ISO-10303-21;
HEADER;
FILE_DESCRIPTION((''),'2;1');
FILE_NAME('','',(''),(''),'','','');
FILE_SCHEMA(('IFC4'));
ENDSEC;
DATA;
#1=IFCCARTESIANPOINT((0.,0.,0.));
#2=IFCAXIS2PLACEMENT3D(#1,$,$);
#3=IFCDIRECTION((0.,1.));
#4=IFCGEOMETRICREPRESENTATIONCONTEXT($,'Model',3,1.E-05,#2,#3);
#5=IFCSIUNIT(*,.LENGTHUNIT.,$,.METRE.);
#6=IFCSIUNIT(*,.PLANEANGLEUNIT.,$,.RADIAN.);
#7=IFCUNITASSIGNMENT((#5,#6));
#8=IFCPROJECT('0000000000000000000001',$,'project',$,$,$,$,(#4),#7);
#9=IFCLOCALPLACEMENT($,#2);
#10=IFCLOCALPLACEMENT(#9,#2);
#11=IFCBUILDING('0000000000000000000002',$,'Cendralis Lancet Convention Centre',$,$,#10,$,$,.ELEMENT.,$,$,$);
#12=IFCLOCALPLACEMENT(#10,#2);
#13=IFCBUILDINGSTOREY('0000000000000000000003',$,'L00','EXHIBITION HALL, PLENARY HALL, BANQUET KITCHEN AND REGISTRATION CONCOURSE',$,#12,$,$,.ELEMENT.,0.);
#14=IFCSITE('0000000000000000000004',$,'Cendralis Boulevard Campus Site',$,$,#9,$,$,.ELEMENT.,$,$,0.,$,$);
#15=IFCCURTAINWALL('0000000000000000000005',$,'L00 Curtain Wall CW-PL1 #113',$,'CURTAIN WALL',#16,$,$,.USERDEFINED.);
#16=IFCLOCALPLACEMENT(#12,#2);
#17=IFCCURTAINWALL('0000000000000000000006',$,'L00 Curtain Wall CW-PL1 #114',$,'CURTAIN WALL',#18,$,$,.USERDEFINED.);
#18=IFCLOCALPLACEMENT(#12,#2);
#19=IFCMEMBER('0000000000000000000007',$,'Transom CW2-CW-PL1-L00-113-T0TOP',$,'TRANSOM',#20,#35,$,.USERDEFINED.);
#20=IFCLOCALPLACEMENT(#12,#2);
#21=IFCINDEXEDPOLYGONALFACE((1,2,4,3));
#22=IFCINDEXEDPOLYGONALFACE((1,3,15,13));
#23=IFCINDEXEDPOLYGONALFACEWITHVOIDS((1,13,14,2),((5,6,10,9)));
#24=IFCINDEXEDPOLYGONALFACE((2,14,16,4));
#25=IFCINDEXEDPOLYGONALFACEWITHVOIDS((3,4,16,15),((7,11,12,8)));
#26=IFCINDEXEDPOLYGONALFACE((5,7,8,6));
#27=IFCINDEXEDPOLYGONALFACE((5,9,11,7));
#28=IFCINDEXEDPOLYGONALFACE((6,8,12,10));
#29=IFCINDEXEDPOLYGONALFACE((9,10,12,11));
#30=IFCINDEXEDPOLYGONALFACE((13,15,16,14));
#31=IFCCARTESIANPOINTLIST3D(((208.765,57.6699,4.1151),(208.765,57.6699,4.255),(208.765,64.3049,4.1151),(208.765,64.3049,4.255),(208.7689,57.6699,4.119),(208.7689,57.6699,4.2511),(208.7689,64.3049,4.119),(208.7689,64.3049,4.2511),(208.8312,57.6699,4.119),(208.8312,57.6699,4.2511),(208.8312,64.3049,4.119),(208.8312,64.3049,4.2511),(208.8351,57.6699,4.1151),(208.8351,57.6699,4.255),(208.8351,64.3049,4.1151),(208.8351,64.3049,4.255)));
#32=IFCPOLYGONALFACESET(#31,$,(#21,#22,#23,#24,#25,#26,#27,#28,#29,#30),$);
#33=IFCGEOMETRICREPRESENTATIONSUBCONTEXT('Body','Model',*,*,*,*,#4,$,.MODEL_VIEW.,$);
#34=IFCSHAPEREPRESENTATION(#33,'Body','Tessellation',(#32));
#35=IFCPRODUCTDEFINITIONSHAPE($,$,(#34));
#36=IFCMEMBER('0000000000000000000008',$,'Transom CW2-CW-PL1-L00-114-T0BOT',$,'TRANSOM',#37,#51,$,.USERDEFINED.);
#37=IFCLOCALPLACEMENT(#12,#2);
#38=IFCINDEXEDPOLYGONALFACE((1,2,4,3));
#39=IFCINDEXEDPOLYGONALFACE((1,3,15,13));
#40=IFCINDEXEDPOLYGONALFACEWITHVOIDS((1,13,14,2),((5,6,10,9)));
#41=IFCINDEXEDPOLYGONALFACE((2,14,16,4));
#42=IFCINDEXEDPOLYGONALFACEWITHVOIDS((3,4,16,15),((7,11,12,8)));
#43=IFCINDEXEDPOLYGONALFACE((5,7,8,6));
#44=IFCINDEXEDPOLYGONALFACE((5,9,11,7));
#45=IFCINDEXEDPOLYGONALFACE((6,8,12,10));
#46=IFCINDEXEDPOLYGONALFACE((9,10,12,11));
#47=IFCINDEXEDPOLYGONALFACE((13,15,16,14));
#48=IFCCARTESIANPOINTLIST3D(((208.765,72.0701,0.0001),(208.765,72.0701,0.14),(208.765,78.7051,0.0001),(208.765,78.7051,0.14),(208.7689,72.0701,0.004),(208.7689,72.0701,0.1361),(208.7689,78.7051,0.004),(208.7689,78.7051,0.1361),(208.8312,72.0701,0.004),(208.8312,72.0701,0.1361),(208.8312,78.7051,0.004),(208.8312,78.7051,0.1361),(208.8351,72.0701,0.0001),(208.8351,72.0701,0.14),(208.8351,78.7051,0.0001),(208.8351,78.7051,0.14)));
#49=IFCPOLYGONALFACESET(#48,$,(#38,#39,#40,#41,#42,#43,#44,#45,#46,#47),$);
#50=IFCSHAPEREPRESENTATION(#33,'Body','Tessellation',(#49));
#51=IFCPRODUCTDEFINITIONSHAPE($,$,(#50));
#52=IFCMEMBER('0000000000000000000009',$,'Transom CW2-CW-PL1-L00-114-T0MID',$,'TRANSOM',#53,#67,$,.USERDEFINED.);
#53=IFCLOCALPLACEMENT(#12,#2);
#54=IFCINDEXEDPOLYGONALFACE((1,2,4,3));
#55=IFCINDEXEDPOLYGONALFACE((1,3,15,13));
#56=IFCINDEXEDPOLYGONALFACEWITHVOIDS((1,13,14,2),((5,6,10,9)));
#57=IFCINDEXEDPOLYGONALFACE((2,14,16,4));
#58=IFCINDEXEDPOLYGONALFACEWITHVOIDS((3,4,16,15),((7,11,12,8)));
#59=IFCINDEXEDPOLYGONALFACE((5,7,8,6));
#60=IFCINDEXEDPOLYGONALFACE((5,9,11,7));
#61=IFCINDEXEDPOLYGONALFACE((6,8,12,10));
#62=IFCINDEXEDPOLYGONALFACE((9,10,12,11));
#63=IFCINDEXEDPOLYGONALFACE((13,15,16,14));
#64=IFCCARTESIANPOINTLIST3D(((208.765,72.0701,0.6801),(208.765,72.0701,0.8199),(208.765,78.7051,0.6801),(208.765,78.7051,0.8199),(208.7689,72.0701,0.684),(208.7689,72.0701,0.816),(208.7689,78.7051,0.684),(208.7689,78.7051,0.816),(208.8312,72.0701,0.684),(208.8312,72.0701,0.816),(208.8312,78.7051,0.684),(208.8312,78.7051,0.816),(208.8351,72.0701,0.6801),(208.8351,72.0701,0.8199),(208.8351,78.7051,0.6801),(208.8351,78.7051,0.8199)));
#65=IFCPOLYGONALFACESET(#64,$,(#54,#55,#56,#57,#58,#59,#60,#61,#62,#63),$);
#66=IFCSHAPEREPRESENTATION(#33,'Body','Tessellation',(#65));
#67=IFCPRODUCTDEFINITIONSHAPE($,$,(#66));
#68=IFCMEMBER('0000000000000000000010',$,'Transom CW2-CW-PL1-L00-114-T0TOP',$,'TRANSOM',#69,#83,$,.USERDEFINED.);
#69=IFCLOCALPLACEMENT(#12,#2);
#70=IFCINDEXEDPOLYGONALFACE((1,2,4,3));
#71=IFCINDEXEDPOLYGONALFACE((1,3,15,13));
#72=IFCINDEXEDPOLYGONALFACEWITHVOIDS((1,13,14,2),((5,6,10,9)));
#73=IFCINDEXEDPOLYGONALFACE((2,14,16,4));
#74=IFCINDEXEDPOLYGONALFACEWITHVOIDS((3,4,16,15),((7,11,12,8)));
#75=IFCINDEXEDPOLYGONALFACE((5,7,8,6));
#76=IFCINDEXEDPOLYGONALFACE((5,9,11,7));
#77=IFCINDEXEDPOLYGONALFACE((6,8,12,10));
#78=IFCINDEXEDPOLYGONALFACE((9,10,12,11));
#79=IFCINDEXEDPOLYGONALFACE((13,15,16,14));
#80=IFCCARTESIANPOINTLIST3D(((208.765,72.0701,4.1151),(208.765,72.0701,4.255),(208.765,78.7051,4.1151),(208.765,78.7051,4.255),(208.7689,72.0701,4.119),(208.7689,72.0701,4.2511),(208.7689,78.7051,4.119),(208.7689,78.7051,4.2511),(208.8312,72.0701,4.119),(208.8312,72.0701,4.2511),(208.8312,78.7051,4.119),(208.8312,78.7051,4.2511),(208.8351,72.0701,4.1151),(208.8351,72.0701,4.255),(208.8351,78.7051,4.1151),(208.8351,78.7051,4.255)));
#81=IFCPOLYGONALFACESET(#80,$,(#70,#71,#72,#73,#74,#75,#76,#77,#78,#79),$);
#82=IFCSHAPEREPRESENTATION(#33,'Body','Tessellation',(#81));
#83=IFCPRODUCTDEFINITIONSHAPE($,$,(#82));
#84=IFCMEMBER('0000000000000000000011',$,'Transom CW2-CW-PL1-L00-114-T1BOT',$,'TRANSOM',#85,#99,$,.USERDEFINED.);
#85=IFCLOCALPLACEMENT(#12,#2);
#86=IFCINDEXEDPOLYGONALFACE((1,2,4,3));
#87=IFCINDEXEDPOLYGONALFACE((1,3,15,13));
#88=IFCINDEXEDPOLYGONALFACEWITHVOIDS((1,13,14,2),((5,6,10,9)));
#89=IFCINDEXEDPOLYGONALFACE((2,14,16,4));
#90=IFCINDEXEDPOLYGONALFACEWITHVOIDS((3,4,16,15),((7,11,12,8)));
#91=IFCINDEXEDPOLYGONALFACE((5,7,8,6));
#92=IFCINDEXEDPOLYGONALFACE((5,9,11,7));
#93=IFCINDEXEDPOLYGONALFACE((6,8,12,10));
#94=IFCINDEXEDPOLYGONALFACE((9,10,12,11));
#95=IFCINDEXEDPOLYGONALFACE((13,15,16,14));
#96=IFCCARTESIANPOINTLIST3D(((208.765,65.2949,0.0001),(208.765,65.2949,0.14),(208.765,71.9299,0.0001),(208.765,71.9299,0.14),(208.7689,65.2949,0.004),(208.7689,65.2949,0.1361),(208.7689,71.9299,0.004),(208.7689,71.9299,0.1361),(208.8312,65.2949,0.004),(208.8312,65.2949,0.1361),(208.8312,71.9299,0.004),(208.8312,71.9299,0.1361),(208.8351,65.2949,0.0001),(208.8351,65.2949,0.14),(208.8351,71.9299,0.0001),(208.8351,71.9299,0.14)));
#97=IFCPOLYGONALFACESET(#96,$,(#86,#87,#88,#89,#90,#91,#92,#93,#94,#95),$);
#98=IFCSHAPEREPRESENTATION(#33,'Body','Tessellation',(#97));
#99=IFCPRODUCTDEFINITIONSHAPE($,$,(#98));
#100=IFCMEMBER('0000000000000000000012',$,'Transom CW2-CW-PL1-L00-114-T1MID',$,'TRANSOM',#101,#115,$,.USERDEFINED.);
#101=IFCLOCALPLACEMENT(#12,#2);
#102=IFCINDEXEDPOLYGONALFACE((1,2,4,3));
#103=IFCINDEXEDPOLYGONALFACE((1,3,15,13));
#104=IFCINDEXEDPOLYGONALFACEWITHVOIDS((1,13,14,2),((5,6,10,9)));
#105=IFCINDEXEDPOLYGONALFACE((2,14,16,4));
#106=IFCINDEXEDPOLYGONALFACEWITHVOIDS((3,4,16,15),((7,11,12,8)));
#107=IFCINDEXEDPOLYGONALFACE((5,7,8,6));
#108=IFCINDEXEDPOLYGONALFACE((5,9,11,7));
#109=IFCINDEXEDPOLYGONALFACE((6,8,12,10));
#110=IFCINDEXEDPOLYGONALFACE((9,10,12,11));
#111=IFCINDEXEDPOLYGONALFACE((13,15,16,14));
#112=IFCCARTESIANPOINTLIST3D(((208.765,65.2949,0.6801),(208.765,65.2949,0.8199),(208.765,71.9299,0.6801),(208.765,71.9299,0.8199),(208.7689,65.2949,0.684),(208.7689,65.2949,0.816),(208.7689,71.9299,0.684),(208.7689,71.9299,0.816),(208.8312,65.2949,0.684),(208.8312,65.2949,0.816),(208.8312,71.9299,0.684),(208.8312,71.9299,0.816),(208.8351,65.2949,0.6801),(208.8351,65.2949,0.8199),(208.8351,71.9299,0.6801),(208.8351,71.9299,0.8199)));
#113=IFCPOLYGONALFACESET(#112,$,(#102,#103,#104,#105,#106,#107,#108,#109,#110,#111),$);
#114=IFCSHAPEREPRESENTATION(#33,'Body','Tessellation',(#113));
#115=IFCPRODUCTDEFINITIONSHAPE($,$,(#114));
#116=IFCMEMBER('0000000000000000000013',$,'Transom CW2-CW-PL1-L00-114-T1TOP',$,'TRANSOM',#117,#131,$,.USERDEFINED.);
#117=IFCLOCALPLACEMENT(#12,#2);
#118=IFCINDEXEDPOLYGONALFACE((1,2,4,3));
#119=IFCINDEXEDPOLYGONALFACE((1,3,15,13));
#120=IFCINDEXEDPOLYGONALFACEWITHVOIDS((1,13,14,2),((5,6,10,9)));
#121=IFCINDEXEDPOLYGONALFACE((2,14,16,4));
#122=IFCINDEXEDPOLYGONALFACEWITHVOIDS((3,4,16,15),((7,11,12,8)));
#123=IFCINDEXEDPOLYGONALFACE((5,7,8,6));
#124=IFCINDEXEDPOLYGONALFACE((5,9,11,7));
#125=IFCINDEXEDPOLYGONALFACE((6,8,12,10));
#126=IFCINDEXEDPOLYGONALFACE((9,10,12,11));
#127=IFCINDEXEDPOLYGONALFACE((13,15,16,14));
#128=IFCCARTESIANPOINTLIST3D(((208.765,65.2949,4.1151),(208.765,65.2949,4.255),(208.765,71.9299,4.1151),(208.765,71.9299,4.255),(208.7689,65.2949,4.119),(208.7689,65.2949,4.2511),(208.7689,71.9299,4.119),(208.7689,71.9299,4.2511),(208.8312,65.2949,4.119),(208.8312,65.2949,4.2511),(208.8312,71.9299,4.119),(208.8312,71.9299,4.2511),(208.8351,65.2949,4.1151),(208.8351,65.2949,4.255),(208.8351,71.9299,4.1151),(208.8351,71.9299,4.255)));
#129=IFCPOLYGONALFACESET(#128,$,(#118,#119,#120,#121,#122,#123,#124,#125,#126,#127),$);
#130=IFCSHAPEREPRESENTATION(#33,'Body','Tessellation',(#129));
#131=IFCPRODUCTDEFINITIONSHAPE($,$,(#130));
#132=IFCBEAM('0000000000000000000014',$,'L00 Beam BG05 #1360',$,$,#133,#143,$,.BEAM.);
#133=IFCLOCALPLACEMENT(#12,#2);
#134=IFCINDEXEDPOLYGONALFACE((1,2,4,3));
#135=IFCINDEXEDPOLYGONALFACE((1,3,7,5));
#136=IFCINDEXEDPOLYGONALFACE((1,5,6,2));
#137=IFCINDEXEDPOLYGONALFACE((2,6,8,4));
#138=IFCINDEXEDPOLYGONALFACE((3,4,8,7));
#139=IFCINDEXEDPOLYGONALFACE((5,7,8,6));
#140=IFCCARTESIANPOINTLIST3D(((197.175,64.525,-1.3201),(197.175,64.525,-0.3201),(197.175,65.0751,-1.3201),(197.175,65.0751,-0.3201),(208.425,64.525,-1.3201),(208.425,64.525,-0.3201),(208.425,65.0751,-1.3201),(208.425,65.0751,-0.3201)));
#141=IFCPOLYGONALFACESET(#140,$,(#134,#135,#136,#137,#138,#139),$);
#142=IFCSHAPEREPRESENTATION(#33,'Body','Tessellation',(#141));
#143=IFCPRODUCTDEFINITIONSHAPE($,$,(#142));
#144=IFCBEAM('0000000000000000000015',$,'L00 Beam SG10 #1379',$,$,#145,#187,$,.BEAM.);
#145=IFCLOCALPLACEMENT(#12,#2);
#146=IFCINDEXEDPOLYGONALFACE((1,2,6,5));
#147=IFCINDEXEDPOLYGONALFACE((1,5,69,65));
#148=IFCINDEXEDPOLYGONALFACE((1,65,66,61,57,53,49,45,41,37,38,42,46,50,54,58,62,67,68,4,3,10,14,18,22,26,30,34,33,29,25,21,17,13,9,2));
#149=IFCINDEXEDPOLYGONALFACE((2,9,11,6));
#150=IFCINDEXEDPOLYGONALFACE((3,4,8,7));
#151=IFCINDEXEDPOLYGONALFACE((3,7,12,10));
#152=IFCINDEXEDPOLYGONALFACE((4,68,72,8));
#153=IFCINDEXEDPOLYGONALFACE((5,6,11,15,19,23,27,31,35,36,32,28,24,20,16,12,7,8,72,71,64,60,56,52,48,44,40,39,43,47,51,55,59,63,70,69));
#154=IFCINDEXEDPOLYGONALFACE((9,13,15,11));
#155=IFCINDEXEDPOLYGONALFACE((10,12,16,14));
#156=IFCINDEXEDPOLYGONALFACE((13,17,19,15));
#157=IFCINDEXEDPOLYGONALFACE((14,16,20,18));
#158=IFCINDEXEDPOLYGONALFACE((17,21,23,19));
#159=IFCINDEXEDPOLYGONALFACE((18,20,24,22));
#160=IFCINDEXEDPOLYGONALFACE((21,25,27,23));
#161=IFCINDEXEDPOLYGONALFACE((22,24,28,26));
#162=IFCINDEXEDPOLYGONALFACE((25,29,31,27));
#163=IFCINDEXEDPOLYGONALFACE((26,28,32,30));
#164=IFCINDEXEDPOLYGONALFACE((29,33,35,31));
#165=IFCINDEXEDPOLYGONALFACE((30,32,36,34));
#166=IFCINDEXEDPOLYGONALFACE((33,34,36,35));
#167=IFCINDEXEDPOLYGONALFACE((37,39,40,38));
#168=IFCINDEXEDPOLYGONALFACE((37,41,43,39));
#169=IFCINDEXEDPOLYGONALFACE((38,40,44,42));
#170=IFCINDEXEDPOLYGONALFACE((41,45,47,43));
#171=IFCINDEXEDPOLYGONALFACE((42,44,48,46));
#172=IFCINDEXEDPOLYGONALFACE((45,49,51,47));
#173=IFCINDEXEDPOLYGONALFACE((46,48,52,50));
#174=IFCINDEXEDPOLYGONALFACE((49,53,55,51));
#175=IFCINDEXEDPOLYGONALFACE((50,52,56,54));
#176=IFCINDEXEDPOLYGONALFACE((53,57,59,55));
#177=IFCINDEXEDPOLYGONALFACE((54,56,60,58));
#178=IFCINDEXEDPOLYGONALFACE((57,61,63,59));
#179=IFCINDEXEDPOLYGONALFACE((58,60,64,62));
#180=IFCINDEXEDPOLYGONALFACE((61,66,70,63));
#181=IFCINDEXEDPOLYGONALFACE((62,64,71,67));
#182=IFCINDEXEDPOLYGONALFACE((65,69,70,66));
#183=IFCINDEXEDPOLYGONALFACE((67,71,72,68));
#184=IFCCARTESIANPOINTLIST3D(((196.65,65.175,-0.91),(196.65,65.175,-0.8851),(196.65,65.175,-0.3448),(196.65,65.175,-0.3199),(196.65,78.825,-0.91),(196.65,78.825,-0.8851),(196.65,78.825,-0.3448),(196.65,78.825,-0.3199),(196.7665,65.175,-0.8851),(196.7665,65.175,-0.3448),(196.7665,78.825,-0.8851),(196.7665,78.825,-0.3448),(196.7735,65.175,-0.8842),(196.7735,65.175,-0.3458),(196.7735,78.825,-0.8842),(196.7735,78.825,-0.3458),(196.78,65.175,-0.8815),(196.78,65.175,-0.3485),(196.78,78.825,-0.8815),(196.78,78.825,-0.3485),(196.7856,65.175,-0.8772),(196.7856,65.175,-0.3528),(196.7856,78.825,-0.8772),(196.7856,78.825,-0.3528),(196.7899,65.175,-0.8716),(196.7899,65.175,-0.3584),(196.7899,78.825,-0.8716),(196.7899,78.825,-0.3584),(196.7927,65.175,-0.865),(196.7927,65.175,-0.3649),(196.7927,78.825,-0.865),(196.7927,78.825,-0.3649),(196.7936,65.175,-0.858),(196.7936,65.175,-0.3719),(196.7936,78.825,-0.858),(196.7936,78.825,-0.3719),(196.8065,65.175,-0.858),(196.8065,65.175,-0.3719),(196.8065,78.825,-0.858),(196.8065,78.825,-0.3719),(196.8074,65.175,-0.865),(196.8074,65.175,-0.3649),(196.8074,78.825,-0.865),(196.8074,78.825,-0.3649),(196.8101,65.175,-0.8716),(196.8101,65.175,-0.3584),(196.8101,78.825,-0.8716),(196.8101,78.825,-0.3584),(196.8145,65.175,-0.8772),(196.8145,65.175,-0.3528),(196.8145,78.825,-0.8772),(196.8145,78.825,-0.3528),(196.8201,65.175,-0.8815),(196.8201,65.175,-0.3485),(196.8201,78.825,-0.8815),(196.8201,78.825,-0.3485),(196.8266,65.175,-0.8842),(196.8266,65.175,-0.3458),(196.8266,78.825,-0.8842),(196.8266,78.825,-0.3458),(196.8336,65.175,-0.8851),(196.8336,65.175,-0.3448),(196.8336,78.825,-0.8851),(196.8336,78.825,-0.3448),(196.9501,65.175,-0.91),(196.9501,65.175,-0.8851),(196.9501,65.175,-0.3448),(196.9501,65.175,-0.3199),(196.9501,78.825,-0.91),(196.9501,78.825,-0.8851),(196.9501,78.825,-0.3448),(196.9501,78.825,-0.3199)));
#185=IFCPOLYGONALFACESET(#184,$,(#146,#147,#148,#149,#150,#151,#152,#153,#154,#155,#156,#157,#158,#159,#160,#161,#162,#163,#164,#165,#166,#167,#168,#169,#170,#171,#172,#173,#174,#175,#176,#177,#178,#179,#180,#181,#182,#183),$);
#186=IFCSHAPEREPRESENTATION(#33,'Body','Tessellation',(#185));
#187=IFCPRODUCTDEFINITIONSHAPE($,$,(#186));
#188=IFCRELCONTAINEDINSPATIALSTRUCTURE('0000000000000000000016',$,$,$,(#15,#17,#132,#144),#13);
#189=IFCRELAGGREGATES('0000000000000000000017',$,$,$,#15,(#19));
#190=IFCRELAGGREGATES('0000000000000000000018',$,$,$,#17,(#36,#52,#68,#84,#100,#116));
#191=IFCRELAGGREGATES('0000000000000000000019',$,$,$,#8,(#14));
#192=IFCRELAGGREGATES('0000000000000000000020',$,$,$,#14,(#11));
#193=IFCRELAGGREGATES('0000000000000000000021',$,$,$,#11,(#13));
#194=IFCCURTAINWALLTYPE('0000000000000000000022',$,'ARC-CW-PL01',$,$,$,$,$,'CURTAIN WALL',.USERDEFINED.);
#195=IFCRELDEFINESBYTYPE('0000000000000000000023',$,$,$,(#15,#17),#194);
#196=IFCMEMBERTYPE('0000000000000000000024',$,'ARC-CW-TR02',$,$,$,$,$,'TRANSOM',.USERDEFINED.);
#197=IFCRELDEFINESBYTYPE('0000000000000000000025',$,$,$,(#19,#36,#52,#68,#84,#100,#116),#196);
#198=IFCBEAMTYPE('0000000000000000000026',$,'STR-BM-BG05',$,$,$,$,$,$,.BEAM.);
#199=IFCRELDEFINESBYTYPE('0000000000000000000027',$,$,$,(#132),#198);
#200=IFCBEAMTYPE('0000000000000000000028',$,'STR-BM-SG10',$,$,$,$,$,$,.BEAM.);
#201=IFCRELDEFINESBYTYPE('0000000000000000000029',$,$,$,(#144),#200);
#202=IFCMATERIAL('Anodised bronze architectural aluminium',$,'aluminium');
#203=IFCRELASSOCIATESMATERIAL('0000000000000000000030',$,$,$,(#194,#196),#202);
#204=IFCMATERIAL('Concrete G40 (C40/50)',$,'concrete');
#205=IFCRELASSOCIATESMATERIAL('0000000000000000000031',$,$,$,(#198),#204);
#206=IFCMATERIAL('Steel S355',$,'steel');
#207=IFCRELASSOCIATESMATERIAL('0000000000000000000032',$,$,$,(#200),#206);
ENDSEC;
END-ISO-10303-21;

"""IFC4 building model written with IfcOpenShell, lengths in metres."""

from ifc_helpers import new_model, si_unit, direction, frame, origin, origin_2d, place, context, subcontext, project, spatial, rectangle, hollow_rectangle, i_section, extrude, material, material_profile, profile_set, type_object, element, aggregate, save


model = new_model("IFC4")

# Units and contexts
model_context = context("Model", 3, precision=1e-05, world=origin(), true_north=direction((0.0, 1.0)))
body_context = subcontext(model_context, "Body", "Model", "MODEL_VIEW")
ifc_project = project(units=[si_unit("LENGTHUNIT", "METRE"), si_unit("PLANEANGLEUNIT", "RADIAN")], contexts=[model_context])

# Site, building, storey
site_placement = place(None, origin())
site = spatial("IfcSite", under=ifc_project, at=site_placement, Name="Cendralis Boulevard Campus Site", CompositionType="ELEMENT", RefElevation=0.0)
building_placement = place(site_placement, origin())
building = spatial("IfcBuilding", under=site, at=building_placement, Name="Cendralis Lancet Convention Centre", CompositionType="ELEMENT")
storey_placement = place(building_placement, origin())
storey = spatial("IfcBuildingStorey", under=building, at=storey_placement, Name="L00", Description="EXHIBITION HALL, PLENARY HALL, BANQUET KITCHEN AND REGISTRATION CONCOURSE", CompositionType="ELEMENT", Elevation=0.0)

# Shared definitions
ifc_material_1 = material(Name="Concrete G40 (C40/50)", Category="concrete")

# Curtain wall
ifc_material_2 = material(Name="Anodised bronze architectural aluminium", Category="aluminium")
curtain_wall_type = type_object("IfcCurtainWallType", Name="ARC-CW-PL01", ElementType="CURTAIN WALL", PredefinedType="USERDEFINED", material=ifc_material_2)
curtain_wall_1_placement = place(storey_placement, origin())
curtain_wall_1 = element("IfcCurtainWall", 1, at=curtain_wall_1_placement, inside=storey, type_object=curtain_wall_type, Name="L00 Curtain Wall CW-PL1 #113", ObjectType="CURTAIN WALL", PredefinedType="USERDEFINED")

# Curtain wall
curtain_wall_2_placement = place(storey_placement, origin())
curtain_wall_2 = element("IfcCurtainWall", 2, at=curtain_wall_2_placement, inside=storey, type_object=curtain_wall_type, Name="L00 Curtain Wall CW-PL1 #114", ObjectType="CURTAIN WALL", PredefinedType="USERDEFINED")

# Members
ifc_material_profile_1 = material_profile(ifc_material_2, hollow_rectangle(XDim=0.0701, YDim=0.1399, WallThickness=0.0039, at=origin_2d()), Name="AL-TRAN 70x140x4.0")
ifc_profile_set_1 = profile_set([ifc_material_profile_1], Name="Anodised bronze architectural aluminium")
member_type_1 = type_object("IfcMemberType", Name="ARC-CW-TR02", ElementType="TRANSOM", PredefinedType="USERDEFINED", material=ifc_profile_set_1)
member_1_placement = place(storey_placement, frame((208.8, 64.3049, 4.1851), z_axis=(0.0, -1.0, 0.0), x_axis=(1.0, 0.0, 0.0)))
member_1 = element("IfcMember", 3, at=member_1_placement, type_object=member_type_1, Name="Transom CW2-CW-PL1-L00-113-T0TOP", ObjectType="TRANSOM", PredefinedType="USERDEFINED", context=body_context, shape_type="SweptSolid", body=[
    extrude(hollow_rectangle(XDim=0.0701, YDim=0.1399, WallThickness=0.0039, at=origin_2d()), origin(), (0.0, 0.0, 1.0), 6.635),
])
aggregate(curtain_wall_1, [member_1])
member_2_placement = place(storey_placement, frame((208.8, 78.7051, 0.0701), z_axis=(0.0, -1.0, 0.0), x_axis=(1.0, 0.0, 0.0)))
member_2 = element("IfcMember", 4, at=member_2_placement, type_object=member_type_1, Name="Transom CW2-CW-PL1-L00-114-T0BOT", ObjectType="TRANSOM", PredefinedType="USERDEFINED", context=body_context, shape_type="SweptSolid", body=[
    extrude(hollow_rectangle(XDim=0.0701, YDim=0.1399, WallThickness=0.0039, at=origin_2d()), origin(), (0.0, 0.0, 1.0), 6.635),
])
member_3_placement = place(storey_placement, frame((208.8, 78.7051, 0.75), z_axis=(0.0, -1.0, 0.0), x_axis=(1.0, 0.0, 0.0)))
member_3 = element("IfcMember", 5, at=member_3_placement, type_object=member_type_1, Name="Transom CW2-CW-PL1-L00-114-T0MID", ObjectType="TRANSOM", PredefinedType="USERDEFINED", context=body_context, shape_type="SweptSolid", body=[
    extrude(hollow_rectangle(XDim=0.0701, YDim=0.1399, WallThickness=0.0039, at=origin_2d()), origin(), (0.0, 0.0, 1.0), 6.635),
])
member_4_placement = place(storey_placement, frame((208.8, 78.7051, 4.1851), z_axis=(0.0, -1.0, 0.0), x_axis=(1.0, 0.0, 0.0)))
member_4 = element("IfcMember", 6, at=member_4_placement, type_object=member_type_1, Name="Transom CW2-CW-PL1-L00-114-T0TOP", ObjectType="TRANSOM", PredefinedType="USERDEFINED", context=body_context, shape_type="SweptSolid", body=[
    extrude(hollow_rectangle(XDim=0.0701, YDim=0.1399, WallThickness=0.0039, at=origin_2d()), origin(), (0.0, 0.0, 1.0), 6.635),
])
member_5_placement = place(storey_placement, frame((208.8, 71.9299, 0.0701), z_axis=(0.0, -1.0, 0.0), x_axis=(1.0, 0.0, 0.0)))
member_5 = element("IfcMember", 7, at=member_5_placement, type_object=member_type_1, Name="Transom CW2-CW-PL1-L00-114-T1BOT", ObjectType="TRANSOM", PredefinedType="USERDEFINED", context=body_context, shape_type="SweptSolid", body=[
    extrude(hollow_rectangle(XDim=0.0701, YDim=0.1399, WallThickness=0.0039, at=origin_2d()), origin(), (0.0, 0.0, 1.0), 6.635),
])
member_6_placement = place(storey_placement, frame((208.8, 71.9299, 0.75), z_axis=(0.0, -1.0, 0.0), x_axis=(1.0, 0.0, 0.0)))
member_6 = element("IfcMember", 8, at=member_6_placement, type_object=member_type_1, Name="Transom CW2-CW-PL1-L00-114-T1MID", ObjectType="TRANSOM", PredefinedType="USERDEFINED", context=body_context, shape_type="SweptSolid", body=[
    extrude(hollow_rectangle(XDim=0.0701, YDim=0.1399, WallThickness=0.0039, at=origin_2d()), origin(), (0.0, 0.0, 1.0), 6.635),
])
member_7_placement = place(storey_placement, frame((208.8, 71.9299, 4.1851), z_axis=(0.0, -1.0, 0.0), x_axis=(1.0, 0.0, 0.0)))
member_7 = element("IfcMember", 9, at=member_7_placement, type_object=member_type_1, Name="Transom CW2-CW-PL1-L00-114-T1TOP", ObjectType="TRANSOM", PredefinedType="USERDEFINED", context=body_context, shape_type="SweptSolid", body=[
    extrude(hollow_rectangle(XDim=0.0701, YDim=0.1399, WallThickness=0.0039, at=origin_2d()), origin(), (0.0, 0.0, 1.0), 6.635),
])

# Beams
ifc_material_profile_2 = material_profile(ifc_material_1, rectangle(XDim=0.55, YDim=1.0, at=origin_2d()), Name="RCB 550x1000")
ifc_profile_set_2 = profile_set([ifc_material_profile_2], Name="Concrete G40 (C40/50)")
beam_type_1 = type_object("IfcBeamType", Name="STR-BM-BG05", PredefinedType="BEAM", material=ifc_profile_set_2)
beam_1_placement = place(storey_placement, frame((197.175, 64.8, -0.8201), z_axis=(1.0, 0.0, 0.0), x_axis=(0.0, 1.0, 0.0)))
element("IfcBeam", 10, at=beam_1_placement, inside=storey, type_object=beam_type_1, Name="L00 Beam BG05 #1360", PredefinedType="BEAM", context=body_context, shape_type="SweptSolid", body=[
    extrude(rectangle(XDim=0.55, YDim=1.0, at=origin_2d()), origin(), (0.0, 0.0, 1.0), 11.25),
])
ifc_material_3 = material(Name="Steel S355", Category="steel")
ifc_material_profile_3 = material_profile(ifc_material_3, i_section(OverallWidth=0.3, OverallDepth=0.5901, WebThickness=0.0129, FlangeThickness=0.0249, FilletRadius=0.0271, at=origin_2d()), Name="HEA 600")
ifc_profile_set_3 = profile_set([ifc_material_profile_3], Name="Steel S355")
beam_type_2 = type_object("IfcBeamType", Name="STR-BM-SG10", PredefinedType="BEAM", material=ifc_profile_set_3)
beam_2_placement = place(storey_placement, frame((196.8, 65.175, -0.615), z_axis=(0.0, 1.0, 0.0), x_axis=(-1.0, 0.0, 0.0)))
element("IfcBeam", 11, at=beam_2_placement, inside=storey, type_object=beam_type_2, Name="L00 Beam SG10 #1379", PredefinedType="BEAM", context=body_context, shape_type="SweptSolid", body=[
    extrude(i_section(OverallWidth=0.3, OverallDepth=0.5901, WebThickness=0.0129, FlangeThickness=0.0249, FilletRadius=0.0271, at=origin_2d()), origin(), (0.0, 0.0, 1.0), 13.6499),
])

aggregate(curtain_wall_2, [member_2, member_3, member_4, member_5, member_6, member_7])

save(model, "model.ifc")
